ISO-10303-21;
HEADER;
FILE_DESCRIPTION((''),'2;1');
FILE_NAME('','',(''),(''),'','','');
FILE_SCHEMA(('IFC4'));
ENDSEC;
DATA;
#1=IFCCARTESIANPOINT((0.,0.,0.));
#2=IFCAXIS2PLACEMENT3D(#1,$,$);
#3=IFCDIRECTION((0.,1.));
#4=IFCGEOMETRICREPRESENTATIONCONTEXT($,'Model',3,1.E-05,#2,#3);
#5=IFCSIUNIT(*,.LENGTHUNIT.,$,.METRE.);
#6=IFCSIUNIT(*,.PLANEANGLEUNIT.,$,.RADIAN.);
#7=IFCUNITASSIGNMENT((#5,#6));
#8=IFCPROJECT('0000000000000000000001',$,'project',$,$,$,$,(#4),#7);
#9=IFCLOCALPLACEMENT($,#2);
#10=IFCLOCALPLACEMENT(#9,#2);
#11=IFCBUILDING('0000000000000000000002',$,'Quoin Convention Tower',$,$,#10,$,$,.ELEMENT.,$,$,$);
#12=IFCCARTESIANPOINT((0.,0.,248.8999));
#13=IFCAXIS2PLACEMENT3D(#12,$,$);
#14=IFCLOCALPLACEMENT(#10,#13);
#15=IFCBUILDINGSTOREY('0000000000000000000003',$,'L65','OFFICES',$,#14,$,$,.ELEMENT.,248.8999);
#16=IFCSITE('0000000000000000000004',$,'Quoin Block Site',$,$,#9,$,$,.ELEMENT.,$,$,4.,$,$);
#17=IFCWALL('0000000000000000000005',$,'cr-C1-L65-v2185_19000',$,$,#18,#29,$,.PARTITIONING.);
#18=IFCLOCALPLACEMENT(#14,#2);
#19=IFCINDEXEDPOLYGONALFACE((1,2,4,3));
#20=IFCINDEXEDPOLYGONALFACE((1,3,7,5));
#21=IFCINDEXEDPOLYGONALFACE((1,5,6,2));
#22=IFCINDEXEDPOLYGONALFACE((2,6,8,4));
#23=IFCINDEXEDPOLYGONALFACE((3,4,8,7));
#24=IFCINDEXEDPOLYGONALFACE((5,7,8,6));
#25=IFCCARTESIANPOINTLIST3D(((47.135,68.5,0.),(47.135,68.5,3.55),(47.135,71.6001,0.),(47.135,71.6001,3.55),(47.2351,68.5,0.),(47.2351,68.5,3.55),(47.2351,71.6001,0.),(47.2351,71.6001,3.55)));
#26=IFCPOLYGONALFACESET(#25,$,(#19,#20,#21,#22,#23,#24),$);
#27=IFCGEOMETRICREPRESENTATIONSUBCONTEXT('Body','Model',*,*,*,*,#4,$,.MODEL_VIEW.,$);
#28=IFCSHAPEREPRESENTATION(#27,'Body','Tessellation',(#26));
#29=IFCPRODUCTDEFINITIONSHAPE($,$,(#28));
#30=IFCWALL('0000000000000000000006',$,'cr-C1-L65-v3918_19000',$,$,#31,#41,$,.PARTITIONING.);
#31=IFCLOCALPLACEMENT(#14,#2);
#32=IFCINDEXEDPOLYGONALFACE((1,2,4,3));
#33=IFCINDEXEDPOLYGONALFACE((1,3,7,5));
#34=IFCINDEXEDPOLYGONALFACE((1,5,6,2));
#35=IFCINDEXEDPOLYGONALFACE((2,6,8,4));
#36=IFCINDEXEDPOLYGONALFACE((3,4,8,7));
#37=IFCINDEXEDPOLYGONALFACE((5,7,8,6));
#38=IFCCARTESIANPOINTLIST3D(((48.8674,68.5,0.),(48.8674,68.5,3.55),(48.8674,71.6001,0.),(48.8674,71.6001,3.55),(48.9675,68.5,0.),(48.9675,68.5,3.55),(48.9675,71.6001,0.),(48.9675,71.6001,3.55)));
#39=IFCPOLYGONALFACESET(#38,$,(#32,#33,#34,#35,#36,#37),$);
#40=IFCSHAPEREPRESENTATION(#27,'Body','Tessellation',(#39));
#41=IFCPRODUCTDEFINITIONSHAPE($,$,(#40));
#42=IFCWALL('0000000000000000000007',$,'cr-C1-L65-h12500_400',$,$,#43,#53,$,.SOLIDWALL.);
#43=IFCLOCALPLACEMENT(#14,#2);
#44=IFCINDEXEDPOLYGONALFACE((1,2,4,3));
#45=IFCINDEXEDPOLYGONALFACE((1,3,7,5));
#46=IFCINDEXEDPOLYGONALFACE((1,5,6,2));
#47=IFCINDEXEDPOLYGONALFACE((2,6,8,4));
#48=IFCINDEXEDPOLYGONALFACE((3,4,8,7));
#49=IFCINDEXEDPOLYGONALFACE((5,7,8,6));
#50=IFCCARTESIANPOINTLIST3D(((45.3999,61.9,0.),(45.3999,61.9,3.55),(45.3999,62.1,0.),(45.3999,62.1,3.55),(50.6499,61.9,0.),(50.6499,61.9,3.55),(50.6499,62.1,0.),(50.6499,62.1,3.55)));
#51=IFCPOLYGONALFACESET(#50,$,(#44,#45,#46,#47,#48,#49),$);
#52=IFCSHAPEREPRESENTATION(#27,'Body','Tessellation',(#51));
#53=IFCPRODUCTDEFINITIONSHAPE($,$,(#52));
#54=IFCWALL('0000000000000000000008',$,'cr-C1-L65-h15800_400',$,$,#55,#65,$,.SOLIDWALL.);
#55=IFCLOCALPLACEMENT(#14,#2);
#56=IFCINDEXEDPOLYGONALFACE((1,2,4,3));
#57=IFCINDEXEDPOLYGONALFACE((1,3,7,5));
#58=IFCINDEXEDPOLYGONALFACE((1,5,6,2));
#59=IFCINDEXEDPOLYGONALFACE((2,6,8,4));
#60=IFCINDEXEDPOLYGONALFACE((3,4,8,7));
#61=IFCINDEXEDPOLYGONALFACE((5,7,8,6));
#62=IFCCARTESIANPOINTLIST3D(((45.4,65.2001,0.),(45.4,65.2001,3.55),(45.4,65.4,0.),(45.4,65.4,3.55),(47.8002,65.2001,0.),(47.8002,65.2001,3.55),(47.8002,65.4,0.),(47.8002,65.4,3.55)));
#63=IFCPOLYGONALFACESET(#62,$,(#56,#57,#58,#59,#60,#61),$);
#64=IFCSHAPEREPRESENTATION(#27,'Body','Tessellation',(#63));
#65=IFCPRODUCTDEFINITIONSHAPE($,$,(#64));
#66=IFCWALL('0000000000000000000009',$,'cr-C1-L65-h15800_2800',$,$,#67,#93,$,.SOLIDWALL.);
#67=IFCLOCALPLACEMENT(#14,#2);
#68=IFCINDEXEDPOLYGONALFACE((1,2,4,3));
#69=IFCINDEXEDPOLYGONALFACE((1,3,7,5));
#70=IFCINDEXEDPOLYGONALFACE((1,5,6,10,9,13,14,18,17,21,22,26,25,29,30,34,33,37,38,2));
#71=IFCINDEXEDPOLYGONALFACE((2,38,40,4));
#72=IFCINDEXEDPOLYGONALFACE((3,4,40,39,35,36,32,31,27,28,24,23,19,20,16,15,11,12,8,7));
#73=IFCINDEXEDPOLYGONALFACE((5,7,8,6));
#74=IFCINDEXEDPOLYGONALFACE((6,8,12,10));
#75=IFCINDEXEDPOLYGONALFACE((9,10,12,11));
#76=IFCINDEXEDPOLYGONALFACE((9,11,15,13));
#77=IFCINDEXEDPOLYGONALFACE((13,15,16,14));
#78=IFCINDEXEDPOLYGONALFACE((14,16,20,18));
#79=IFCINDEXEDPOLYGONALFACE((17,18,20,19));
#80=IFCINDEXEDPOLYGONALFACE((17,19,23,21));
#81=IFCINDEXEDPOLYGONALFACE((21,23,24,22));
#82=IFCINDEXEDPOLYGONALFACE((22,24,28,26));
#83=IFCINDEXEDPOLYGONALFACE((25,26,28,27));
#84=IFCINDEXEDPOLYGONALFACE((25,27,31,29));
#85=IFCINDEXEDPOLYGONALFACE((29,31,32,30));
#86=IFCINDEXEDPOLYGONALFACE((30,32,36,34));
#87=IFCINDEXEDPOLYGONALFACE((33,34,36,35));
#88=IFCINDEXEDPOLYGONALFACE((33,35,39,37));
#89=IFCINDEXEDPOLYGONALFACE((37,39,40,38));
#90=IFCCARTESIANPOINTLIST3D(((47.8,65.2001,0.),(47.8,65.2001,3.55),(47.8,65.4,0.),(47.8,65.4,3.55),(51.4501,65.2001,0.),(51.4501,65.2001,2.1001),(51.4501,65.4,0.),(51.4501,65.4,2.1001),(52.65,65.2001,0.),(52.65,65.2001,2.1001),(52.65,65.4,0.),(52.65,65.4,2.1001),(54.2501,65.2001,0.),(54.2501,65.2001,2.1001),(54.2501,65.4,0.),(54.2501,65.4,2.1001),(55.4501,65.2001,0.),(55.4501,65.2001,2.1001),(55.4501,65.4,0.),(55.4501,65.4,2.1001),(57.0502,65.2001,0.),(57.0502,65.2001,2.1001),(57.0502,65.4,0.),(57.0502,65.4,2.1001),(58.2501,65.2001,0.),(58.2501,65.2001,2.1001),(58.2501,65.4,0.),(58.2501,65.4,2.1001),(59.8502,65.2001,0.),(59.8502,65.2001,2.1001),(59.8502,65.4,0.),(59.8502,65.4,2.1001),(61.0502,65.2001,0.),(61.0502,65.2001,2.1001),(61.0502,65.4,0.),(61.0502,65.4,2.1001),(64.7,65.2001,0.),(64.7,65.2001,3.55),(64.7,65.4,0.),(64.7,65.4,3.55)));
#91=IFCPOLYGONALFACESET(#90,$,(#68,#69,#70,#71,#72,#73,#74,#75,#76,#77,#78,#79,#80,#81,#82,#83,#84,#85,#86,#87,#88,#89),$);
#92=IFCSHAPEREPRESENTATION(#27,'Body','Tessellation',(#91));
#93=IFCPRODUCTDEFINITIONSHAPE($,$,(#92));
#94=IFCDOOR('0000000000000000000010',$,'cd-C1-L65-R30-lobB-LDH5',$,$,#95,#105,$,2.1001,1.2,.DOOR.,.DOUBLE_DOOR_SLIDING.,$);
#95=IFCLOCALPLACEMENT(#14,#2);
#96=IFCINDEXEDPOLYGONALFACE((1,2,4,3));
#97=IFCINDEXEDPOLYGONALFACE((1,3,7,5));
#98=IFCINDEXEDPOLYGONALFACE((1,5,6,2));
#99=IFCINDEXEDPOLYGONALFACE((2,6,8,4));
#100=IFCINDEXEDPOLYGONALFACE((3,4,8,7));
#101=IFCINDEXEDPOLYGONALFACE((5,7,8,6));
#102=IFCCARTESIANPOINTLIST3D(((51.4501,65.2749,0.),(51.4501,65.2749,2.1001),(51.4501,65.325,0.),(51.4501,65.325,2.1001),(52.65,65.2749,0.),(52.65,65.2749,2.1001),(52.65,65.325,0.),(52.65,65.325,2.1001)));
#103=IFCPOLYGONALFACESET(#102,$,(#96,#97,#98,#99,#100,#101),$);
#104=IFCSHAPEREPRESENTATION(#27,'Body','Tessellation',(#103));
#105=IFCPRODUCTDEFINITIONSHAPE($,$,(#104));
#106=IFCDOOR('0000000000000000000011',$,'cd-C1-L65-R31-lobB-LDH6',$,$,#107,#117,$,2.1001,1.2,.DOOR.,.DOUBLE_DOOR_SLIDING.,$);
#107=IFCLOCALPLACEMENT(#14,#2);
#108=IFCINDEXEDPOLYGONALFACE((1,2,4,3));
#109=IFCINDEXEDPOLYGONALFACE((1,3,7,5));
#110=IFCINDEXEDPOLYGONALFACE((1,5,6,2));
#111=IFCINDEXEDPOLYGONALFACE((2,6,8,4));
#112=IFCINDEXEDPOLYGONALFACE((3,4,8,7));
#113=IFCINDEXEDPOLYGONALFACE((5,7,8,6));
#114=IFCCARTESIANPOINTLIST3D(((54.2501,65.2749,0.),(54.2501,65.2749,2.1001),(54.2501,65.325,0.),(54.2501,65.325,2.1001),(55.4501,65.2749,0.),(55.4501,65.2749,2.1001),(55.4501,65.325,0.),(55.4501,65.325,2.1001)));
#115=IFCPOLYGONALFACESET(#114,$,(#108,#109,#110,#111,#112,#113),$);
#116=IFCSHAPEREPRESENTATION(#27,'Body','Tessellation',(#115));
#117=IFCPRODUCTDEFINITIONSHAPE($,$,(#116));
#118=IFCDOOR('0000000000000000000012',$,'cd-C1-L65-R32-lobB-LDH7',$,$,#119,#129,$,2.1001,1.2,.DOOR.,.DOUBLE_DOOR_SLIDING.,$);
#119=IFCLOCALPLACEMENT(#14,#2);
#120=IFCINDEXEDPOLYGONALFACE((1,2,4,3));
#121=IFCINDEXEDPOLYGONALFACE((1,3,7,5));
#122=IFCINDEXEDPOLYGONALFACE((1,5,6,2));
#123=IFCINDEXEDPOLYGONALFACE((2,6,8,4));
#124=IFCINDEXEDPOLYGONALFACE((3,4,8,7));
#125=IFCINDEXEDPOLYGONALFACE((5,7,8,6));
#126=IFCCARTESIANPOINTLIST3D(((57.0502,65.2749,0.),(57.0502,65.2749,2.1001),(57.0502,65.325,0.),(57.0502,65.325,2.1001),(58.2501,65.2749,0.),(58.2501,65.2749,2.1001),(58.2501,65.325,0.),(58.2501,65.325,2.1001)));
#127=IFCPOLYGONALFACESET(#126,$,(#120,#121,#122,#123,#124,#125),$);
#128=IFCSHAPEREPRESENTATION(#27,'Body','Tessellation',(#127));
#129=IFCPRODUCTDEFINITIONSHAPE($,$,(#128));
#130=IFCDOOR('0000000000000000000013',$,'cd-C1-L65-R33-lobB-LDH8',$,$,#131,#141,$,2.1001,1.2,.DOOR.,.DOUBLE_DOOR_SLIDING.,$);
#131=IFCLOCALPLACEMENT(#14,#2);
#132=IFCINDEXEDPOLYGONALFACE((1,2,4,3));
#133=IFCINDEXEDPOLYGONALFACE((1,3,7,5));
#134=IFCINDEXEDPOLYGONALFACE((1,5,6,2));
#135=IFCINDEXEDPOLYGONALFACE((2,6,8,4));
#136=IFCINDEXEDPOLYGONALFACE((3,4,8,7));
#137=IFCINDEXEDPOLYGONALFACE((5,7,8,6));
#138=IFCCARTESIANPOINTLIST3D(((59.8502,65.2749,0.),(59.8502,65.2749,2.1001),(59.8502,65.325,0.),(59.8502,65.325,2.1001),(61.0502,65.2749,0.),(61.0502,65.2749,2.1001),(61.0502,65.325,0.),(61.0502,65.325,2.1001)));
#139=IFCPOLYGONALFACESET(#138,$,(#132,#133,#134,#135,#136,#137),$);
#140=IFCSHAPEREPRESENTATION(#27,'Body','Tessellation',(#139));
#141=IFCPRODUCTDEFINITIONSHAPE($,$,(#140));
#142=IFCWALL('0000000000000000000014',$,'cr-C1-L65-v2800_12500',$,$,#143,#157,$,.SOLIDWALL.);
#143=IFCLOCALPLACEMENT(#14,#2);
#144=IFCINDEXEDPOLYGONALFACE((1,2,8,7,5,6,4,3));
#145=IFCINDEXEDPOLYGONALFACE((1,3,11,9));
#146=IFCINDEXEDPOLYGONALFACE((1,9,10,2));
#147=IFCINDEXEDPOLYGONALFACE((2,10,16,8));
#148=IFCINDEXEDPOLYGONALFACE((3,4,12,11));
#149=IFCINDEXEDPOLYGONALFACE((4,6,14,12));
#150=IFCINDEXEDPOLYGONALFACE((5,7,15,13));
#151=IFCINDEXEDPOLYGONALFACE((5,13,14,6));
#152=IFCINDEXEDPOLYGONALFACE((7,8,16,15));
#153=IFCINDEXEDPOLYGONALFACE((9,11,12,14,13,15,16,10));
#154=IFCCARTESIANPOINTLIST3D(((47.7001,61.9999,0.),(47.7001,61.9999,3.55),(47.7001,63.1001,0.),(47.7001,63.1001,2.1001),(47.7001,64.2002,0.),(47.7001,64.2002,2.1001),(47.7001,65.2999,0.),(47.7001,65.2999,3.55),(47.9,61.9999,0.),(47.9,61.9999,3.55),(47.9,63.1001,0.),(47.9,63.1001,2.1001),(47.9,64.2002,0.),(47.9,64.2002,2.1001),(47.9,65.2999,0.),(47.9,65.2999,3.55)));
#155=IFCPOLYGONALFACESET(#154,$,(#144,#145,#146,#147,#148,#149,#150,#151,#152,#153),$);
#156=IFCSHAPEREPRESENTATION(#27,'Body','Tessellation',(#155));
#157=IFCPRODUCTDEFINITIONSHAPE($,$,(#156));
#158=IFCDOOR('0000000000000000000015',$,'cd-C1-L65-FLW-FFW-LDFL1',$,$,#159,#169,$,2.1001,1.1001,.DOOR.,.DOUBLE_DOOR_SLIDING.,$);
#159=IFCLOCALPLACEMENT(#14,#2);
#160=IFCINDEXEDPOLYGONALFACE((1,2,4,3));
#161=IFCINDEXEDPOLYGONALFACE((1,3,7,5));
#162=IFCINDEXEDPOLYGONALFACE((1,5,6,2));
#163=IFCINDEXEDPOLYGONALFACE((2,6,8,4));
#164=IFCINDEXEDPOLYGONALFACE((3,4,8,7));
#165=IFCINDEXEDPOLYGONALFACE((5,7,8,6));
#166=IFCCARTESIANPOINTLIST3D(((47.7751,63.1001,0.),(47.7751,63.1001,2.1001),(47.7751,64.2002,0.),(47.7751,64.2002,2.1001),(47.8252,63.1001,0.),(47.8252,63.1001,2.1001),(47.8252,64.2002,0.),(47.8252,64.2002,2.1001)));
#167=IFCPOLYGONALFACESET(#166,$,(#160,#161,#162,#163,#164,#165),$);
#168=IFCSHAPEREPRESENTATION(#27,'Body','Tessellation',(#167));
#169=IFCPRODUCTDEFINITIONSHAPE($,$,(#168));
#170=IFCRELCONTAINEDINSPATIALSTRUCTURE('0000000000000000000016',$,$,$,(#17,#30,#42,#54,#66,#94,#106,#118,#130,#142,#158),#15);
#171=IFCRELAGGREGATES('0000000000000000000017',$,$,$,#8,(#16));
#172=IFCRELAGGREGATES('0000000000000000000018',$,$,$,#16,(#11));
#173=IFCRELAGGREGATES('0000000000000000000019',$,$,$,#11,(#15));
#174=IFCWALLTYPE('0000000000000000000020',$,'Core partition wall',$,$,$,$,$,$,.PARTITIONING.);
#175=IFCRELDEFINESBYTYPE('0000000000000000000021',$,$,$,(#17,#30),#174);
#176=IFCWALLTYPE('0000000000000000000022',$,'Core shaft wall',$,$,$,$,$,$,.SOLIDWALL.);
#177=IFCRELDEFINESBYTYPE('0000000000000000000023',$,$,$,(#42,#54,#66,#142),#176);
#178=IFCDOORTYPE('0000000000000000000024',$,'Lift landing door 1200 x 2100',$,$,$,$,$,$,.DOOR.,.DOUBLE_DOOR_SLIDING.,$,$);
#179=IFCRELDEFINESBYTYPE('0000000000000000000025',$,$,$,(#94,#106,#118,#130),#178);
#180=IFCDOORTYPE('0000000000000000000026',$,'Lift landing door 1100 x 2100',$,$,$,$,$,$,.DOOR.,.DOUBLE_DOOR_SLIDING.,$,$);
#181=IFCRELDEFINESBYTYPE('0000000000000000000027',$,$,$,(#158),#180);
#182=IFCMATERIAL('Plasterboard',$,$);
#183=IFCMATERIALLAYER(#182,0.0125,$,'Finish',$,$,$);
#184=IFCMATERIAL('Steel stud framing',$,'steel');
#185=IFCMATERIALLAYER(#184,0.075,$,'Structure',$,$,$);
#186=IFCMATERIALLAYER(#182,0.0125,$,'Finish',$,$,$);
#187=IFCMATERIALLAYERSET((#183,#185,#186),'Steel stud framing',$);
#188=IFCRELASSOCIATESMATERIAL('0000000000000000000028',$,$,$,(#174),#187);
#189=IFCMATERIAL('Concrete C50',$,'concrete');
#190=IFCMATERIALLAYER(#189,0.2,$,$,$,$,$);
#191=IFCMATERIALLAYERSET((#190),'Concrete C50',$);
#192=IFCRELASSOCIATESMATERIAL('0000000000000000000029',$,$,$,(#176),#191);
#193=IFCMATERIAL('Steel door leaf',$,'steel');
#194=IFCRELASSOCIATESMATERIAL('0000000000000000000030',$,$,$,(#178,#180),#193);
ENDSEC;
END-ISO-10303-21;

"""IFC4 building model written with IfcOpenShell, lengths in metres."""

from ifc_helpers import new_model, si_unit, direction, frame, frame_2d, origin, place, context, subcontext, project, spatial, rectangle, extrude, material, layer, layer_set, type_object, element, fill, save


model = new_model("IFC4")

# Units and contexts
model_context = context("Model", 3, precision=1e-05, world=origin(), true_north=direction((0.0, 1.0)))
body_context = subcontext(model_context, "Body", "Model", "MODEL_VIEW")
ifc_project = project(units=[si_unit("LENGTHUNIT", "METRE"), si_unit("PLANEANGLEUNIT", "RADIAN")], contexts=[model_context])

# Site, building, storey
site_placement = place(None, origin())
site = spatial("IfcSite", under=ifc_project, at=site_placement, Name="Quoin Block Site", CompositionType="ELEMENT", RefElevation=4.0)
building_placement = place(site_placement, origin())
building = spatial("IfcBuilding", under=site, at=building_placement, Name="Quoin Convention Tower", CompositionType="ELEMENT")
storey_placement = place(building_placement, frame((0.0, 0.0, 248.8999)))
storey = spatial("IfcBuildingStorey", under=building, at=storey_placement, Name="L65", Description="OFFICES", CompositionType="ELEMENT", Elevation=248.8999)

# Shared definitions
ifc_material_1 = material(Name="Plasterboard")
ifc_layer_1 = layer(ifc_material_1, 0.0125, Name="Finish")
ifc_material_2 = material(Name="Steel stud framing", Category="steel")
ifc_layer_2 = layer(ifc_material_2, 0.075, Name="Structure")
ifc_layer_3 = layer(ifc_material_1, 0.0125, Name="Finish")
ifc_layer_set_1 = layer_set([ifc_layer_1, ifc_layer_2, ifc_layer_3], Name="Steel stud framing")
wall_type_1 = type_object("IfcWallType", Name="Core partition wall", PredefinedType="PARTITIONING", material=ifc_layer_set_1)
ifc_material_3 = material(Name="Steel door leaf", Category="steel")

# Walls
for number, where, z_axis, x_axis, name in (
    (1, (47.1851, 68.5, 0.0), (0.0, 0.0, 1.0), (0.0, 1.0, 0.0), "cr-C1-L65-v2185_19000"),
    (2, (48.9175, 68.5, 0.0), (0.0, 0.0, 1.0), (0.0, 1.0, 0.0), "cr-C1-L65-v3918_19000"),
):
    element("IfcWall", number, at=place(storey_placement, frame(where, z_axis=z_axis, x_axis=x_axis)), inside=storey, type_object=wall_type_1, Name=name, PredefinedType="PARTITIONING", context=body_context, shape_type="SweptSolid", body=[
        extrude(rectangle(XDim=3.1001, YDim=0.1001, at=frame_2d((1.55, 0.0))), origin(), (0.0, 0.0, 1.0), 3.55),
    ])
ifc_material_4 = material(Name="Concrete C50", Category="concrete")
ifc_layer_4 = layer(ifc_material_4, 0.2)
ifc_layer_set_2 = layer_set([ifc_layer_4], Name="Concrete C50")
wall_type_2 = type_object("IfcWallType", Name="Core shaft wall", PredefinedType="SOLIDWALL", material=ifc_layer_set_2)
wall_1_placement = place(storey_placement, frame((45.3999, 62.0, 0.0), z_axis=(0.0, 0.0, 1.0), x_axis=(1.0, 0.0, 0.0)))
element("IfcWall", 3, at=wall_1_placement, inside=storey, type_object=wall_type_2, Name="cr-C1-L65-h12500_400", PredefinedType="SOLIDWALL", context=body_context, shape_type="SweptSolid", body=[
    extrude(rectangle(XDim=5.25, YDim=0.2, at=frame_2d((2.625, 0.0))), origin(), (0.0, 0.0, 1.0), 3.55),
])
wall_2_placement = place(storey_placement, frame((45.3999, 65.3, 0.0), z_axis=(0.0, 0.0, 1.0), x_axis=(1.0, 0.0, 0.0)))
element("IfcWall", 4, at=wall_2_placement, inside=storey, type_object=wall_type_2, Name="cr-C1-L65-h15800_400", PredefinedType="SOLIDWALL", context=body_context, shape_type="SweptSolid", body=[
    extrude(rectangle(XDim=2.4001, YDim=0.2, at=frame_2d((1.2002, 0.0))), origin(), (0.0, 0.0, 1.0), 3.55),
])

# Wall, openings, doors
wall_3_placement = place(storey_placement, frame((47.8, 65.3, 0.0), z_axis=(0.0, 0.0, 1.0), x_axis=(1.0, 0.0, 0.0)))
wall_3 = element("IfcWall", 5, at=wall_3_placement, inside=storey, type_object=wall_type_2, Name="cr-C1-L65-h15800_2800", PredefinedType="SOLIDWALL", context=body_context, shape_type="SweptSolid", body=[
    extrude(rectangle(XDim=16.8999, YDim=0.2, at=frame_2d((8.45, 0.0))), origin(), (0.0, 0.0, 1.0), 3.55),
])
opening_1_placement = place(wall_3_placement, frame((3.6499, 0.0, 0.0)))
opening_1 = element("IfcOpeningElement", 6, at=opening_1_placement, cuts=wall_3, PredefinedType="OPENING", context=body_context, shape_type="SweptSolid", body=[
    extrude(rectangle(XDim=1.2, YDim=2.1001, at=frame_2d((0.6001, 1.05))), frame((0.0, 0.1099, 0.0), z_axis=(0.0, -1.0, 0.0), x_axis=(1.0, 0.0, 0.0)), (0.0, 0.0, 1.0), 0.22),
])
opening_2_placement = place(wall_3_placement, frame((6.45, 0.0, 0.0)))
opening_2 = element("IfcOpeningElement", 7, at=opening_2_placement, cuts=wall_3, PredefinedType="OPENING", context=body_context, shape_type="SweptSolid", body=[
    extrude(rectangle(XDim=1.2, YDim=2.1001, at=frame_2d((0.6001, 1.05))), frame((0.0, 0.1099, 0.0), z_axis=(0.0, -1.0, 0.0), x_axis=(1.0, 0.0, 0.0)), (0.0, 0.0, 1.0), 0.22),
])
opening_3_placement = place(wall_3_placement, frame((9.25, 0.0, 0.0)))
opening_3 = element("IfcOpeningElement", 8, at=opening_3_placement, cuts=wall_3, PredefinedType="OPENING", context=body_context, shape_type="SweptSolid", body=[
    extrude(rectangle(XDim=1.2, YDim=2.1001, at=frame_2d((0.6001, 1.05))), frame((0.0, 0.1099, 0.0), z_axis=(0.0, -1.0, 0.0), x_axis=(1.0, 0.0, 0.0)), (0.0, 0.0, 1.0), 0.22),
])
opening_4_placement = place(wall_3_placement, frame((12.05, 0.0, 0.0)))
opening_4 = element("IfcOpeningElement", 9, at=opening_4_placement, cuts=wall_3, PredefinedType="OPENING", context=body_context, shape_type="SweptSolid", body=[
    extrude(rectangle(XDim=1.2, YDim=2.1001, at=frame_2d((0.6001, 1.05))), frame((0.0, 0.1099, 0.0), z_axis=(0.0, -1.0, 0.0), x_axis=(1.0, 0.0, 0.0)), (0.0, 0.0, 1.0), 0.22),
])
door_type_1 = type_object("IfcDoorType", Name="Lift landing door 1200 x 2100", OperationType="DOUBLE_DOOR_SLIDING", PredefinedType="DOOR", material=ifc_material_3)
door_1_placement = place(opening_1_placement, origin())
door_1 = element("IfcDoor", 10, at=door_1_placement, inside=storey, type_object=door_type_1, Name="cd-C1-L65-R30-lobB-LDH5", OperationType="DOUBLE_DOOR_SLIDING", OverallHeight=2.1001, OverallWidth=1.2, PredefinedType="DOOR", context=body_context, shape_type="SweptSolid", body=[
    extrude(rectangle(XDim=1.2, YDim=2.1001, at=frame_2d((0.6001, 1.05))), frame((0.0, 0.0249, 0.0), z_axis=(0.0, -1.0, 0.0), x_axis=(1.0, 0.0, 0.0)), (0.0, 0.0, 1.0), 0.05),
])
fill(opening_1, door_1)
door_2_placement = place(opening_2_placement, origin())
door_2 = element("IfcDoor", 11, at=door_2_placement, inside=storey, type_object=door_type_1, Name="cd-C1-L65-R31-lobB-LDH6", OperationType="DOUBLE_DOOR_SLIDING", OverallHeight=2.1001, OverallWidth=1.2, PredefinedType="DOOR", context=body_context, shape_type="SweptSolid", body=[
    extrude(rectangle(XDim=1.2, YDim=2.1001, at=frame_2d((0.6001, 1.05))), frame((0.0, 0.0249, 0.0), z_axis=(0.0, -1.0, 0.0), x_axis=(1.0, 0.0, 0.0)), (0.0, 0.0, 1.0), 0.05),
])
fill(opening_2, door_2)
door_3_placement = place(opening_3_placement, origin())
door_3 = element("IfcDoor", 12, at=door_3_placement, inside=storey, type_object=door_type_1, Name="cd-C1-L65-R32-lobB-LDH7", OperationType="DOUBLE_DOOR_SLIDING", OverallHeight=2.1001, OverallWidth=1.2, PredefinedType="DOOR", context=body_context, shape_type="SweptSolid", body=[
    extrude(rectangle(XDim=1.2, YDim=2.1001, at=frame_2d((0.6001, 1.05))), frame((0.0, 0.0249, 0.0), z_axis=(0.0, -1.0, 0.0), x_axis=(1.0, 0.0, 0.0)), (0.0, 0.0, 1.0), 0.05),
])
fill(opening_3, door_3)
door_4_placement = place(opening_4_placement, origin())
door_4 = element("IfcDoor", 13, at=door_4_placement, inside=storey, type_object=door_type_1, Name="cd-C1-L65-R33-lobB-LDH8", OperationType="DOUBLE_DOOR_SLIDING", OverallHeight=2.1001, OverallWidth=1.2, PredefinedType="DOOR", context=body_context, shape_type="SweptSolid", body=[
    extrude(rectangle(XDim=1.2, YDim=2.1001, at=frame_2d((0.6001, 1.05))), frame((0.0, 0.0249, 0.0), z_axis=(0.0, -1.0, 0.0), x_axis=(1.0, 0.0, 0.0)), (0.0, 0.0, 1.0), 0.05),
])
fill(opening_4, door_4)

# Wall, opening, door
wall_4_placement = place(storey_placement, frame((47.8, 62.0, 0.0), z_axis=(0.0, 0.0, 1.0), x_axis=(0.0, 1.0, 0.0)))
wall_4 = element("IfcWall", 14, at=wall_4_placement, inside=storey, type_object=wall_type_2, Name="cr-C1-L65-v2800_12500", PredefinedType="SOLIDWALL", context=body_context, shape_type="SweptSolid", body=[
    extrude(rectangle(XDim=3.3, YDim=0.2, at=frame_2d((1.6499, 0.0))), origin(), (0.0, 0.0, 1.0), 3.55),
])
opening_5_placement = place(wall_4_placement, frame((1.1001, 0.0, 0.0)))
opening_5 = element("IfcOpeningElement", 15, at=opening_5_placement, cuts=wall_4, PredefinedType="OPENING", context=body_context, shape_type="SweptSolid", body=[
    extrude(rectangle(XDim=1.1001, YDim=2.1001, at=frame_2d((0.55, 1.05))), frame((0.0, 0.1099, 0.0), z_axis=(0.0, -1.0, 0.0), x_axis=(1.0, 0.0, 0.0)), (0.0, 0.0, 1.0), 0.22),
])
door_type_2 = type_object("IfcDoorType", Name="Lift landing door 1100 x 2100", OperationType="DOUBLE_DOOR_SLIDING", PredefinedType="DOOR", material=ifc_material_3)
door_5_placement = place(opening_5_placement, origin())
door_5 = element("IfcDoor", 16, at=door_5_placement, inside=storey, type_object=door_type_2, Name="cd-C1-L65-FLW-FFW-LDFL1", OperationType="DOUBLE_DOOR_SLIDING", OverallHeight=2.1001, OverallWidth=1.1001, PredefinedType="DOOR", context=body_context, shape_type="SweptSolid", body=[
    extrude(rectangle(XDim=1.1001, YDim=2.1001, at=frame_2d((0.55, 1.05))), frame((0.0, 0.0249, 0.0), z_axis=(0.0, -1.0, 0.0), x_axis=(1.0, 0.0, 0.0)), (0.0, 0.0, 1.0), 0.05),
])
fill(opening_5, door_5)

save(model, "model.ifc")
